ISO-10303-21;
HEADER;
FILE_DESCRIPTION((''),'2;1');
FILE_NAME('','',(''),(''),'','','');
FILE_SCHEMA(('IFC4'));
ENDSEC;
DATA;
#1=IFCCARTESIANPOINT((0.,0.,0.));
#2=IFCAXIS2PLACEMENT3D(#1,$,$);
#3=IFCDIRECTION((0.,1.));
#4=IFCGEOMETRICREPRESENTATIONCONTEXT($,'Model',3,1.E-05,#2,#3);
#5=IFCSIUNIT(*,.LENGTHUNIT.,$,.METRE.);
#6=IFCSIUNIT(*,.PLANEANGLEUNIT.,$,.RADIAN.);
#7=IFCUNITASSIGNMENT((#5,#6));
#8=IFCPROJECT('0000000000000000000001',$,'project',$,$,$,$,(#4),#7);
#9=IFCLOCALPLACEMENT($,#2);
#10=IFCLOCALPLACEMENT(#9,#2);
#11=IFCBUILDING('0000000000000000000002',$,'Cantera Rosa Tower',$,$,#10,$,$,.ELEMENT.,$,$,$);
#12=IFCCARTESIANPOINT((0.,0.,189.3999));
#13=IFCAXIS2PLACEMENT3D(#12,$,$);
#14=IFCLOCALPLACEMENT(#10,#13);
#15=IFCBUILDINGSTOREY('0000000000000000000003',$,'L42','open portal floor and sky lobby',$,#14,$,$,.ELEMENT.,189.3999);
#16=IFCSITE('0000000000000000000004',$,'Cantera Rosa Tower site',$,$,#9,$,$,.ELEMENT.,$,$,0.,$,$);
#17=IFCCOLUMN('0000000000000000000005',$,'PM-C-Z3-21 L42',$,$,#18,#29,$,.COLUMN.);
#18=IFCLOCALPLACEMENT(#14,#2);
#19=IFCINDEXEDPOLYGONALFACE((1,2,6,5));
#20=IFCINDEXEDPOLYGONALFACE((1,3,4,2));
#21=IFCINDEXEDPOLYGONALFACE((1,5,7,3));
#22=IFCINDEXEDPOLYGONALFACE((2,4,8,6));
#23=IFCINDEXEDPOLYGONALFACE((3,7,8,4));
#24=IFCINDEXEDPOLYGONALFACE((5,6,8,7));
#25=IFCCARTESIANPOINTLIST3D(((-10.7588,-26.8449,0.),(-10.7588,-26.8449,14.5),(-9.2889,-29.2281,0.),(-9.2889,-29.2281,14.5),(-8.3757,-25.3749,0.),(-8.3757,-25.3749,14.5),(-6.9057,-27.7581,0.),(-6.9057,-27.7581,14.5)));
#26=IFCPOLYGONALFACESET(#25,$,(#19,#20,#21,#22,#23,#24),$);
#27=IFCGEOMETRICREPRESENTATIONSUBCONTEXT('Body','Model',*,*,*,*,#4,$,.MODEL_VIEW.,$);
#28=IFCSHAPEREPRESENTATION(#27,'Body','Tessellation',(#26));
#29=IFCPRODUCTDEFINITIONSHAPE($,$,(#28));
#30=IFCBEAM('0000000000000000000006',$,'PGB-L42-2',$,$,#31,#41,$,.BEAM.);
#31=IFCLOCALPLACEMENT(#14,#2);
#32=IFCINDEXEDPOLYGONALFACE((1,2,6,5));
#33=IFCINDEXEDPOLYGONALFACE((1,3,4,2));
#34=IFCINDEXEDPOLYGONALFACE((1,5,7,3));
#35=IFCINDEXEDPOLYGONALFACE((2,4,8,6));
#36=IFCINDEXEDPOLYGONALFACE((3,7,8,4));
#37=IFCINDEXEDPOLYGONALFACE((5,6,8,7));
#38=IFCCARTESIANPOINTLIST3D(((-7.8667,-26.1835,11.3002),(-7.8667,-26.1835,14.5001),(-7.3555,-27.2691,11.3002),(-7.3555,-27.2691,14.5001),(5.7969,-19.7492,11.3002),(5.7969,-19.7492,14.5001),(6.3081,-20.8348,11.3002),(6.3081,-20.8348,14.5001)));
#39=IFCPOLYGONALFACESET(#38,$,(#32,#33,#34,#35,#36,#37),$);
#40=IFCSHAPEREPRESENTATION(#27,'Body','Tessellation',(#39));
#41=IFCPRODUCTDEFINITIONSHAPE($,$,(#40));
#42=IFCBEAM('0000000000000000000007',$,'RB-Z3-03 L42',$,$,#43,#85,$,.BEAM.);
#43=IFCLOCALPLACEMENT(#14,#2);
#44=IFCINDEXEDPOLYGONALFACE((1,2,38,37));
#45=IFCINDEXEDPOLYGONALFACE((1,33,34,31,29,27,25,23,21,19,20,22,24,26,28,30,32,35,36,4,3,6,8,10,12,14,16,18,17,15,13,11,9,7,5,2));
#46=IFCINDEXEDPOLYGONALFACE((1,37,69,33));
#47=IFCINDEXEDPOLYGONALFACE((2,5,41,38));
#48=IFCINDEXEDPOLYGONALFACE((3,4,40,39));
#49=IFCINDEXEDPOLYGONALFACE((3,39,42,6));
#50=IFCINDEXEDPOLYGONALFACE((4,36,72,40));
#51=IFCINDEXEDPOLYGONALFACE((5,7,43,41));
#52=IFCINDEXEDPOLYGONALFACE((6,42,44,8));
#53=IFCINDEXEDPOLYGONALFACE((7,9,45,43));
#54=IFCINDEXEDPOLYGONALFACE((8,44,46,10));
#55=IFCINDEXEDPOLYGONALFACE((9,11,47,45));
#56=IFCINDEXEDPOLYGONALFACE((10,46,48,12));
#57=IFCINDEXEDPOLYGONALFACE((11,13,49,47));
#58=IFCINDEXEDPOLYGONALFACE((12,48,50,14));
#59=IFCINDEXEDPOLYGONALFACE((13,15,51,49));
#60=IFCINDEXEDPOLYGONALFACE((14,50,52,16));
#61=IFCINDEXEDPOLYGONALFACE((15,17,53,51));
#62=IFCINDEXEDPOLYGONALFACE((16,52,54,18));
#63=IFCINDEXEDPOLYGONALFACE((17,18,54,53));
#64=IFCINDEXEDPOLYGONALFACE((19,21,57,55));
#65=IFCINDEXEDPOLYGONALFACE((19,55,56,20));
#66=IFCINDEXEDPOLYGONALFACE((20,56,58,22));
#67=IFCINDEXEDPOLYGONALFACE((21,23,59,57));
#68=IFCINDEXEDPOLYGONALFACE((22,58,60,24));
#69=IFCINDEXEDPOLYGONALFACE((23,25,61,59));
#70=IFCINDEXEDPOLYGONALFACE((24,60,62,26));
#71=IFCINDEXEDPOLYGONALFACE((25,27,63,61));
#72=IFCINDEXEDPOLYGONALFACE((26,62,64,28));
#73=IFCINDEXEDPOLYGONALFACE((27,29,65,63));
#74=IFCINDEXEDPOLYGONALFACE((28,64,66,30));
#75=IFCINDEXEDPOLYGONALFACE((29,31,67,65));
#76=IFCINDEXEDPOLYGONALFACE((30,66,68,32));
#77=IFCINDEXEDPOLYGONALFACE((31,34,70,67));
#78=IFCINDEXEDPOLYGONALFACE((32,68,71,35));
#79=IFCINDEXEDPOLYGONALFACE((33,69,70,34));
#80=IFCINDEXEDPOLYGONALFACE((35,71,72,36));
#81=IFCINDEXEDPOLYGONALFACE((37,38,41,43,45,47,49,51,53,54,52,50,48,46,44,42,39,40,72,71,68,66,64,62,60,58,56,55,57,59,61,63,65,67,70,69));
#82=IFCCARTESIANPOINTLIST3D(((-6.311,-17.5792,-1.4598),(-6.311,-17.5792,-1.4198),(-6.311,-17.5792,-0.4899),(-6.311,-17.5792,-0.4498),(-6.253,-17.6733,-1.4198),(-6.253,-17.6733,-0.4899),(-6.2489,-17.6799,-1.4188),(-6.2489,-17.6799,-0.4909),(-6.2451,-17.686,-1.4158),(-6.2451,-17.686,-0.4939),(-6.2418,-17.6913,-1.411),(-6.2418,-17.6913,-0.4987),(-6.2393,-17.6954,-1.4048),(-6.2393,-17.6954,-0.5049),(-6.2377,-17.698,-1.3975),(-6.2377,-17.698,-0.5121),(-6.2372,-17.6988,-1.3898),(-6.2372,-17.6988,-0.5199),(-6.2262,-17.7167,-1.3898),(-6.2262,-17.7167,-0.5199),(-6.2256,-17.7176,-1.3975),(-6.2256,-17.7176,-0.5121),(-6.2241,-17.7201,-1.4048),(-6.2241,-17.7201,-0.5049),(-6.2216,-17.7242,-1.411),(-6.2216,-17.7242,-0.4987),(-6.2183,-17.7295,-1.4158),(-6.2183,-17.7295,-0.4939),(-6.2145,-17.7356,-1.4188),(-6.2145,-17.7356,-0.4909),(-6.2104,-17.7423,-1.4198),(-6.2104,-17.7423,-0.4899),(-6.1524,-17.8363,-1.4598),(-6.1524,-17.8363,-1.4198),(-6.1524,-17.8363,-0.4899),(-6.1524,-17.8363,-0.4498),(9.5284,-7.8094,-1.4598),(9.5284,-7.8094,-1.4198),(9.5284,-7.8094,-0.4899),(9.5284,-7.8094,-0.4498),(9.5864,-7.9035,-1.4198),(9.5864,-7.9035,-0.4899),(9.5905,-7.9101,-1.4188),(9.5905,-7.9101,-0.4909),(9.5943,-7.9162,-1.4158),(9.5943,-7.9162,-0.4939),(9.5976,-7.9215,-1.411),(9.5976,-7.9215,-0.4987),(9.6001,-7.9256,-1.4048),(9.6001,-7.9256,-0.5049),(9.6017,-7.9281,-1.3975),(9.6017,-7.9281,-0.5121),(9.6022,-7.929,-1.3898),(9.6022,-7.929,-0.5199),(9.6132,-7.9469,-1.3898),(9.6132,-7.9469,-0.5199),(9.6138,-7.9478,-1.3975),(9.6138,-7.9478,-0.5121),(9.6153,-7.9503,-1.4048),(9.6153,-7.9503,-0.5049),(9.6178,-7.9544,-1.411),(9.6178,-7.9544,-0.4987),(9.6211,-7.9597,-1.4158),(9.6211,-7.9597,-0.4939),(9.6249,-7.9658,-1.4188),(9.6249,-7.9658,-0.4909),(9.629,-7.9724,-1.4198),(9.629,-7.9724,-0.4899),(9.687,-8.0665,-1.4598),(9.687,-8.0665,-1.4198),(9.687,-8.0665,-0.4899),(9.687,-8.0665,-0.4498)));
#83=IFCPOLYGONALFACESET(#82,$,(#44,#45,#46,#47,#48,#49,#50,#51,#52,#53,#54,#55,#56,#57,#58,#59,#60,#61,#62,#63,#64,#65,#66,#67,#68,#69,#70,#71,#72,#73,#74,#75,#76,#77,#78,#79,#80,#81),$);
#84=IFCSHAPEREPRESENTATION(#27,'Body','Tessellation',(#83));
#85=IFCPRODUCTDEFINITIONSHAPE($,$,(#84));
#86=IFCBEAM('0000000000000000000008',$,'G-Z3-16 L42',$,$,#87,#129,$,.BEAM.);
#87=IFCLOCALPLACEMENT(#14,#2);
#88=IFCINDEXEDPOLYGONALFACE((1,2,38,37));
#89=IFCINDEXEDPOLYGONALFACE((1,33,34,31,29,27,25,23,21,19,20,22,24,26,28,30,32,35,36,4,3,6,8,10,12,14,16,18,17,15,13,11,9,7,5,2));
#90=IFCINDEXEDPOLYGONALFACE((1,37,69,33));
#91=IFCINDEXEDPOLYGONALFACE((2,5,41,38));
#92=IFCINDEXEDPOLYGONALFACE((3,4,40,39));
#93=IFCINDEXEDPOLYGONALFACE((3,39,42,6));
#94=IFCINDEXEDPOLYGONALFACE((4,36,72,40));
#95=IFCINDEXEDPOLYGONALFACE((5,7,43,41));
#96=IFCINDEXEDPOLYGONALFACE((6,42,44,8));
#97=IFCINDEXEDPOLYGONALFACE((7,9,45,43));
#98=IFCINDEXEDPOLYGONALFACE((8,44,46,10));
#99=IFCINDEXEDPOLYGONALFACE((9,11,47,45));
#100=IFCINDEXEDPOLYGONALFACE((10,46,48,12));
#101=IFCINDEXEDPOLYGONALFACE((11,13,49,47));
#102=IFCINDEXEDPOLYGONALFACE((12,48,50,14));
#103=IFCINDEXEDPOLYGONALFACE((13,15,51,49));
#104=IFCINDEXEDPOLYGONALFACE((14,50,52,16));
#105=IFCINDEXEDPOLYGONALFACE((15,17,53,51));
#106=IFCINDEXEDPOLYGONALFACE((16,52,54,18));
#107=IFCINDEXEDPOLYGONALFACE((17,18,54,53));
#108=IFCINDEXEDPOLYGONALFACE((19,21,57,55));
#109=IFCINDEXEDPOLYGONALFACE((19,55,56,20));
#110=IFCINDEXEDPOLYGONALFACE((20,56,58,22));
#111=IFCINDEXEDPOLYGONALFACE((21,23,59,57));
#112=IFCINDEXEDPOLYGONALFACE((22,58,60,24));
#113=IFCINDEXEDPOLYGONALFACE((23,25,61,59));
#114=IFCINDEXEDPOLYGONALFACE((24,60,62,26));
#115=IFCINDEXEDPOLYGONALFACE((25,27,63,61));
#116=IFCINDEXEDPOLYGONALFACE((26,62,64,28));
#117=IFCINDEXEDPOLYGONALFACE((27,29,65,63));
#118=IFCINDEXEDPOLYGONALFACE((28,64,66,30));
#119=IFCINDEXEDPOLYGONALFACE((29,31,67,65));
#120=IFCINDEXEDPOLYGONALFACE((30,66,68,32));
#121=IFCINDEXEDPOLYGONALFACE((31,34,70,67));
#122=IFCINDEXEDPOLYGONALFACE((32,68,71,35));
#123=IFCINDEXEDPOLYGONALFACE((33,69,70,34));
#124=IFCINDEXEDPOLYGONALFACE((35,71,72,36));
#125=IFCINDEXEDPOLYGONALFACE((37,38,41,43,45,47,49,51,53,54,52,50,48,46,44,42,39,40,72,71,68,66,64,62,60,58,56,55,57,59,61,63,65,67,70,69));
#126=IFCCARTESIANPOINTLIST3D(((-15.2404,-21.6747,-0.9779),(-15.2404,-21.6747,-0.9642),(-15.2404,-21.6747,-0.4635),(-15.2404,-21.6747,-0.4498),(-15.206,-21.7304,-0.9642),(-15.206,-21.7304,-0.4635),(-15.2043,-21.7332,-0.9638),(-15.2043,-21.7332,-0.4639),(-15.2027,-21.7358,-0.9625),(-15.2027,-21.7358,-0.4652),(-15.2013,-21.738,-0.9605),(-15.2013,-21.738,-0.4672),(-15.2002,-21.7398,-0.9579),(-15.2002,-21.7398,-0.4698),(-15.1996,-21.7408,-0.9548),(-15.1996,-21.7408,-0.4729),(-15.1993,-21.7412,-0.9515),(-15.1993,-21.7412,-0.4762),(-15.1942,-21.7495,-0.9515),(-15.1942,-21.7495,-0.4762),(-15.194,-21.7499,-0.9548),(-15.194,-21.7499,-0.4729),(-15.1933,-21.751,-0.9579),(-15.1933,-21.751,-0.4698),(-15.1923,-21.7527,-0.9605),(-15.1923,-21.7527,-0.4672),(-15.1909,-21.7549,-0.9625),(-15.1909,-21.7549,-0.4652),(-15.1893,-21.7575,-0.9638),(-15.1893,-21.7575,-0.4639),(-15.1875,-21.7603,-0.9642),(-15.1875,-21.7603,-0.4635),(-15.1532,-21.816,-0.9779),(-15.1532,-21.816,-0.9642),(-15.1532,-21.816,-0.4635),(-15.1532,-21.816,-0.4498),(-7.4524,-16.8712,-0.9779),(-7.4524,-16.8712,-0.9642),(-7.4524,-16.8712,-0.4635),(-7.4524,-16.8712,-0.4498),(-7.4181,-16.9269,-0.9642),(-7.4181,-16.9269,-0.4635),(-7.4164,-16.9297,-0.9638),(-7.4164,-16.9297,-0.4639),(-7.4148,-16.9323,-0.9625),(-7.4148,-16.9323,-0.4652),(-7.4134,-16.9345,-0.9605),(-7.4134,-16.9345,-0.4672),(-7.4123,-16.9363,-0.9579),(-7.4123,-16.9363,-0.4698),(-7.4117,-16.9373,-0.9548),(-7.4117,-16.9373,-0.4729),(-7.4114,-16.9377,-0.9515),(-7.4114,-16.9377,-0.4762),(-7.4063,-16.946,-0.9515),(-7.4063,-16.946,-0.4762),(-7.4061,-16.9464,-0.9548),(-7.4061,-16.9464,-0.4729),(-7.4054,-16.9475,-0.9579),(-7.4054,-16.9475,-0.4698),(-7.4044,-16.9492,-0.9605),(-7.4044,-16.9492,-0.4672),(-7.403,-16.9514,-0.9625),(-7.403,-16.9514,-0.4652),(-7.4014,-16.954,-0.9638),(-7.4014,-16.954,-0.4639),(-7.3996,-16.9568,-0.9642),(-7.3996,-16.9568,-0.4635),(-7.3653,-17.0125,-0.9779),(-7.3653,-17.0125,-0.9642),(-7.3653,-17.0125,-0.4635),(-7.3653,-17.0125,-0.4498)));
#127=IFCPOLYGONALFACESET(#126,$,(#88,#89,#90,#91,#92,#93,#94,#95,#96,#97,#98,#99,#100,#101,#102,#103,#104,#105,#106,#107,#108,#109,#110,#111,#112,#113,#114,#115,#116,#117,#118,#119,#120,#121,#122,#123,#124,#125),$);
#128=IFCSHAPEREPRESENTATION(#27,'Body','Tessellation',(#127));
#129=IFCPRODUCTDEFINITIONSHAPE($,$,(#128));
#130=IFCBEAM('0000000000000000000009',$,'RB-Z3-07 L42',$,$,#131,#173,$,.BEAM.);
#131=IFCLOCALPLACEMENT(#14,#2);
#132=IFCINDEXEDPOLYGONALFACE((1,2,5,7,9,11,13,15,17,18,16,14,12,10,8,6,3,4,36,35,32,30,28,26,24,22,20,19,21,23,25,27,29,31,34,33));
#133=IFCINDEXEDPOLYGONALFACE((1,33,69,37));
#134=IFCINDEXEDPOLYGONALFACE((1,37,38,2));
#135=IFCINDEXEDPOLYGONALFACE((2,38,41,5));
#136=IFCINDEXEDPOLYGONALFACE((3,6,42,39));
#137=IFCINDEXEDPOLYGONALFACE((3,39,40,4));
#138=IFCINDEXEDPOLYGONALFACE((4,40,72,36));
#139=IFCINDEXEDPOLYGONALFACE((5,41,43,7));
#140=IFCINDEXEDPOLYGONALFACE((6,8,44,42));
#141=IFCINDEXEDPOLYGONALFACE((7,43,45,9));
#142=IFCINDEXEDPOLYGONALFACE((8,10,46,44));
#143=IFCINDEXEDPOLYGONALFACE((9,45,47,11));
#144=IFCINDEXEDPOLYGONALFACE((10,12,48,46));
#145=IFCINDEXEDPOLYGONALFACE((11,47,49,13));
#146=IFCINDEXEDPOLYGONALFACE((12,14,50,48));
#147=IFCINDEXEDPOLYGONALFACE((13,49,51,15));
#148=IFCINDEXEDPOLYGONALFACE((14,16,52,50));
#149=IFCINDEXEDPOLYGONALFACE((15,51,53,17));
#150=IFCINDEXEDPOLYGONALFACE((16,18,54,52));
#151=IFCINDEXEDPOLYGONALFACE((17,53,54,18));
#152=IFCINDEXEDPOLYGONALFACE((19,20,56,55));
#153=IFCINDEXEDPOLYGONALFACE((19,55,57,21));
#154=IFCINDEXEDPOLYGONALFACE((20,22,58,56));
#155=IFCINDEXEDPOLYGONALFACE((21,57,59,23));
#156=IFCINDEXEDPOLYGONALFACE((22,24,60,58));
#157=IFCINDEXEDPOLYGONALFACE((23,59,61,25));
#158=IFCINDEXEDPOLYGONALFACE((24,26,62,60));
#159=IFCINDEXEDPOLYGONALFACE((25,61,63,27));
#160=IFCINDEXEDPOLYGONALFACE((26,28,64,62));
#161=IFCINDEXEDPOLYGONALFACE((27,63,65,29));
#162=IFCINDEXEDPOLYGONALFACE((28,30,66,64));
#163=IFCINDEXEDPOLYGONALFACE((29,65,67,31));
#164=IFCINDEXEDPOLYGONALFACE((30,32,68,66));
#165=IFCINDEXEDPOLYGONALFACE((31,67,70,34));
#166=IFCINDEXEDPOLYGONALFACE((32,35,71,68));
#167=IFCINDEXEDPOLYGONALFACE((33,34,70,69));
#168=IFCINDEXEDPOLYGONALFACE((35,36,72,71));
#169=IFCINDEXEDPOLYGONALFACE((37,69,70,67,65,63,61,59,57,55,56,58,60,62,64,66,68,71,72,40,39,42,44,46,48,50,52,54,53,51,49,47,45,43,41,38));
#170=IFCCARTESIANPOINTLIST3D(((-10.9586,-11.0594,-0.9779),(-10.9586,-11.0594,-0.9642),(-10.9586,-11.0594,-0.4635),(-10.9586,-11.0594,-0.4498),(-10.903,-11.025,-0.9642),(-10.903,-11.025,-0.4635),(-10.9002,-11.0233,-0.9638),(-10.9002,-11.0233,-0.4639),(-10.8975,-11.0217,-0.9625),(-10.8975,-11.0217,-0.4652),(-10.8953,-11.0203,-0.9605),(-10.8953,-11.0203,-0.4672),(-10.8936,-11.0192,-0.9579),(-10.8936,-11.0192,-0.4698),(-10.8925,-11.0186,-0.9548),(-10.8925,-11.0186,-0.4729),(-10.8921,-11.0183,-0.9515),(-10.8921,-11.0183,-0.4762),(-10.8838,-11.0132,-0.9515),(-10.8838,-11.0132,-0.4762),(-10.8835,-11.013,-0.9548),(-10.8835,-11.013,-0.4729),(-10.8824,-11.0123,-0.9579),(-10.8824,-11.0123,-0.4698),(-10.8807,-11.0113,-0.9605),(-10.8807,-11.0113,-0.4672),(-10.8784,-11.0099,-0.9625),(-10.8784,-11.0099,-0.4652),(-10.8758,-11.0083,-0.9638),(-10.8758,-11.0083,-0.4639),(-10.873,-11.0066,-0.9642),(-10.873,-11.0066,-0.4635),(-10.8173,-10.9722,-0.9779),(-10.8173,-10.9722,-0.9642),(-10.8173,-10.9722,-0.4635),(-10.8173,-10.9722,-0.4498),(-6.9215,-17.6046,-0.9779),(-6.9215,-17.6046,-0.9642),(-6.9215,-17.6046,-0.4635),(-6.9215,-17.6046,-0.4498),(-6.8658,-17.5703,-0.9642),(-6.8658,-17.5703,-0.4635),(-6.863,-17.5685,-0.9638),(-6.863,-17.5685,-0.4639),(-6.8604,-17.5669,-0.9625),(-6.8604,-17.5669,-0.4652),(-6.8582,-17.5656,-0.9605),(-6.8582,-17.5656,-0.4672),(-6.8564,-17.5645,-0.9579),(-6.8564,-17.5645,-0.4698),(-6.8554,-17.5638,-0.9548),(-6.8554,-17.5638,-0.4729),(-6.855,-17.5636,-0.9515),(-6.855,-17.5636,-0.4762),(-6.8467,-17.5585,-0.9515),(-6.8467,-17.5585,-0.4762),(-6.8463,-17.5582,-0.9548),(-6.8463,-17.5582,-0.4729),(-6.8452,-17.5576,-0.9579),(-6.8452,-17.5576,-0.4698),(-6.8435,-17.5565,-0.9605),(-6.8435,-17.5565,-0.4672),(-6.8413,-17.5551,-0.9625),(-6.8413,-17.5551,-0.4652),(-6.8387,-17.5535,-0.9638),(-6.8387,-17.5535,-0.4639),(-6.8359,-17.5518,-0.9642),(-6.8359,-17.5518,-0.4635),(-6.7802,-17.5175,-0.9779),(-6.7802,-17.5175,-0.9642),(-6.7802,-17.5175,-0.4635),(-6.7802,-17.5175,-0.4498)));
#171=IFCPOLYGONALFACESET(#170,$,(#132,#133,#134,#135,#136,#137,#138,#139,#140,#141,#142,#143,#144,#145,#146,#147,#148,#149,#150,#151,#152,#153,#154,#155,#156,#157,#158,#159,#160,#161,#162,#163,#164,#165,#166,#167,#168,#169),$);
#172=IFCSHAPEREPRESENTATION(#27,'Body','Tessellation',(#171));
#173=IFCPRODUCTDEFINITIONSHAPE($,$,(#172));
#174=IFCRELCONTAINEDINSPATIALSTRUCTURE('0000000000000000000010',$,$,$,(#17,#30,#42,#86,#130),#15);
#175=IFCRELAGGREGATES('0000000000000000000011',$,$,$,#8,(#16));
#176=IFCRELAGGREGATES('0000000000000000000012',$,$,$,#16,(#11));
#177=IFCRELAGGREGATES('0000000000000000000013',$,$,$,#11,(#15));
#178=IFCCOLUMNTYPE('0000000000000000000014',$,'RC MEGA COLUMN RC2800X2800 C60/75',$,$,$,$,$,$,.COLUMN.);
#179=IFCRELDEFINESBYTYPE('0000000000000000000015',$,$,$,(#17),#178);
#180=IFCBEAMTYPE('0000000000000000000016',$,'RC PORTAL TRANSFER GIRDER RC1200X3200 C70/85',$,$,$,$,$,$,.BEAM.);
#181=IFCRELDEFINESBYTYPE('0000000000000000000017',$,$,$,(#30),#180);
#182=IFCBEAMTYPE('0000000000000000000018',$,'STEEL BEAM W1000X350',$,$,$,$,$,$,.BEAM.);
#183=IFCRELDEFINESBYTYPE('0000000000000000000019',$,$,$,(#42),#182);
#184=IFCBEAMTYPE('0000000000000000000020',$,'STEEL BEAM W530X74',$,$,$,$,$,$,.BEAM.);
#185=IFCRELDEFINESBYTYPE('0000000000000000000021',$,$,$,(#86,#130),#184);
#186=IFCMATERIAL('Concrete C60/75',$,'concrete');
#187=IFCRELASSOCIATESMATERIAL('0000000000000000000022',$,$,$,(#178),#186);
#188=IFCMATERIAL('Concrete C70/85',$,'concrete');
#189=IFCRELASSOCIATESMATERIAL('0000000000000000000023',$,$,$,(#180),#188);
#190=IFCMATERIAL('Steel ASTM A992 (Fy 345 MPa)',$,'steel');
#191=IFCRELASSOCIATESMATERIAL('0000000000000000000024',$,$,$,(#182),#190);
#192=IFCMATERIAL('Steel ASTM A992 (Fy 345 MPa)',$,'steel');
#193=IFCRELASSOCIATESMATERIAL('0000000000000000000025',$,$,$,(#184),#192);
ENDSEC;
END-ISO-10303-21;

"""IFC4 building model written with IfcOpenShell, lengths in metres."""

from ifc_helpers import new_model, si_unit, direction, frame, origin, origin_2d, place, context, subcontext, project, spatial, rectangle, i_section, extrude, material, material_profile, profile_set, type_object, element, save


model = new_model("IFC4")

# Units and contexts
model_context = context("Model", 3, precision=1e-05, world=origin(), true_north=direction((0.0, 1.0)))
body_context = subcontext(model_context, "Body", "Model", "MODEL_VIEW")
ifc_project = project(units=[si_unit("LENGTHUNIT", "METRE"), si_unit("PLANEANGLEUNIT", "RADIAN")], contexts=[model_context])

# Site, building, storey
site_placement = place(None, origin())
site = spatial("IfcSite", under=ifc_project, at=site_placement, Name="Cantera Rosa Tower site", CompositionType="ELEMENT", RefElevation=0.0)
building_placement = place(site_placement, origin())
building = spatial("IfcBuilding", under=site, at=building_placement, Name="Cantera Rosa Tower", CompositionType="ELEMENT")
storey_placement = place(building_placement, frame((0.0, 0.0, 189.3999)))
storey = spatial("IfcBuildingStorey", under=building, at=storey_placement, Name="L42", Description="open portal floor and sky lobby", CompositionType="ELEMENT", Elevation=189.3999)

# Column
ifc_material_1 = material(Name="Concrete C60/75", Category="concrete")
ifc_material_profile_1 = material_profile(ifc_material_1, rectangle(XDim=2.8, YDim=2.8, at=origin_2d()), Name="RC MEGA COLUMN RC2800X2800 C60/75")
ifc_profile_set_1 = profile_set([ifc_material_profile_1], Name="Concrete C60/75")
column_type = type_object("IfcColumnType", Name="RC MEGA COLUMN RC2800X2800 C60/75", PredefinedType="COLUMN", material=ifc_profile_set_1)
column_placement = place(storey_placement, frame((-8.8323, -27.3015, 0.0), z_axis=(0.0, 0.0, 1.0), x_axis=(0.851117, 0.524977, 0.0)))
element("IfcColumn", 1, at=column_placement, inside=storey, type_object=column_type, Name="PM-C-Z3-21 L42", PredefinedType="COLUMN", context=body_context, shape_type="SweptSolid", body=[
    extrude(rectangle(XDim=2.8, YDim=2.8, at=origin_2d()), origin(), (0.0, 0.0, 1.0), 14.5),
])

# Beams
ifc_material_2 = material(Name="Concrete C70/85", Category="concrete")
ifc_material_profile_2 = material_profile(ifc_material_2, rectangle(XDim=1.2, YDim=3.2, at=origin_2d()), Name="RC PORTAL TRANSFER GIRDER RC1200X3200 C70/85")
ifc_profile_set_2 = profile_set([ifc_material_profile_2], Name="Concrete C70/85")
beam_type_1 = type_object("IfcBeamType", Name="RC PORTAL TRANSFER GIRDER RC1200X3200 C70/85", PredefinedType="BEAM", material=ifc_profile_set_2)
beam_1_placement = place(storey_placement, frame((-7.6111, -26.7263, 12.9001), z_axis=(0.904706, 0.426036, 0.0), x_axis=(-0.426036, 0.904706, 0.0)))
element("IfcBeam", 2, at=beam_1_placement, inside=storey, type_object=beam_type_1, Name="PGB-L42-2", PredefinedType="BEAM", context=body_context, shape_type="SweptSolid", body=[
    extrude(rectangle(XDim=1.2, YDim=3.2, at=origin_2d()), origin(), (0.0, 0.0, 1.0), 15.1028),
])
ifc_material_3 = material(Name="Steel ASTM A992 (Fy 345 MPa)", Category="steel")
ifc_material_profile_3 = material_profile(ifc_material_3, i_section(OverallWidth=0.302, OverallDepth=1.01, WebThickness=0.021, FlangeThickness=0.04, FilletRadius=0.03, at=origin_2d()), Name="W1000X350")
ifc_profile_set_3 = profile_set([ifc_material_profile_3], Name="Steel ASTM A992 (Fy 345 MPa)")
beam_type_2 = type_object("IfcBeamType", Name="STEEL BEAM W1000X350", PredefinedType="BEAM", material=ifc_profile_set_3)
beam_2_placement = place(storey_placement, frame((-6.2317, -17.7078, -0.9548), z_axis=(0.851119, 0.524973, 0.0), x_axis=(-0.524973, 0.851119, 0.0)))
element("IfcBeam", 3, at=beam_2_placement, inside=storey, type_object=beam_type_2, Name="RB-Z3-03 L42", PredefinedType="BEAM", context=body_context, shape_type="SweptSolid", body=[
    extrude(i_section(OverallWidth=0.302, OverallDepth=1.01, WebThickness=0.021, FlangeThickness=0.04, FilletRadius=0.03, at=origin_2d()), origin(), (0.0, 0.0, 1.0), 18.6101),
])
ifc_material_4 = material(Name="Steel ASTM A992 (Fy 345 MPa)", Category="steel")
ifc_material_profile_4 = material_profile(ifc_material_4, i_section(OverallWidth=0.166, OverallDepth=0.5281, WebThickness=0.0098, FlangeThickness=0.0137, FilletRadius=0.0127, at=origin_2d()), Name="W530X74")
ifc_profile_set_4 = profile_set([ifc_material_profile_4], Name="Steel ASTM A992 (Fy 345 MPa)")
beam_type_3 = type_object("IfcBeamType", Name="STEEL BEAM W530X74", PredefinedType="BEAM", material=ifc_profile_set_4)
beam_3_placement = place(storey_placement, frame((-15.1968, -21.7454, -0.7139), z_axis=(0.851124, 0.524965, 0.0), x_axis=(-0.524965, 0.851124, 0.0)))
element("IfcBeam", 4, at=beam_3_placement, inside=storey, type_object=beam_type_3, Name="G-Z3-16 L42", PredefinedType="BEAM", context=body_context, shape_type="SweptSolid", body=[
    extrude(i_section(OverallWidth=0.166, OverallDepth=0.5281, WebThickness=0.0098, FlangeThickness=0.0137, FilletRadius=0.0127, at=origin_2d()), origin(), (0.0, 0.0, 1.0), 9.1501),
])
beam_4_placement = place(storey_placement, frame((-6.8508, -17.561, -0.7139), z_axis=(-0.524976, 0.851117, 0.0), x_axis=(-0.851117, -0.524976, 0.0)))
element("IfcBeam", 5, at=beam_4_placement, inside=storey, type_object=beam_type_3, Name="RB-Z3-07 L42", PredefinedType="BEAM", context=body_context, shape_type="SweptSolid", body=[
    extrude(i_section(OverallWidth=0.166, OverallDepth=0.5281, WebThickness=0.0098, FlangeThickness=0.0137, FilletRadius=0.0127, at=origin_2d()), origin(), (0.0, 0.0, 1.0), 7.6902),
])

save(model, "model.ifc")
